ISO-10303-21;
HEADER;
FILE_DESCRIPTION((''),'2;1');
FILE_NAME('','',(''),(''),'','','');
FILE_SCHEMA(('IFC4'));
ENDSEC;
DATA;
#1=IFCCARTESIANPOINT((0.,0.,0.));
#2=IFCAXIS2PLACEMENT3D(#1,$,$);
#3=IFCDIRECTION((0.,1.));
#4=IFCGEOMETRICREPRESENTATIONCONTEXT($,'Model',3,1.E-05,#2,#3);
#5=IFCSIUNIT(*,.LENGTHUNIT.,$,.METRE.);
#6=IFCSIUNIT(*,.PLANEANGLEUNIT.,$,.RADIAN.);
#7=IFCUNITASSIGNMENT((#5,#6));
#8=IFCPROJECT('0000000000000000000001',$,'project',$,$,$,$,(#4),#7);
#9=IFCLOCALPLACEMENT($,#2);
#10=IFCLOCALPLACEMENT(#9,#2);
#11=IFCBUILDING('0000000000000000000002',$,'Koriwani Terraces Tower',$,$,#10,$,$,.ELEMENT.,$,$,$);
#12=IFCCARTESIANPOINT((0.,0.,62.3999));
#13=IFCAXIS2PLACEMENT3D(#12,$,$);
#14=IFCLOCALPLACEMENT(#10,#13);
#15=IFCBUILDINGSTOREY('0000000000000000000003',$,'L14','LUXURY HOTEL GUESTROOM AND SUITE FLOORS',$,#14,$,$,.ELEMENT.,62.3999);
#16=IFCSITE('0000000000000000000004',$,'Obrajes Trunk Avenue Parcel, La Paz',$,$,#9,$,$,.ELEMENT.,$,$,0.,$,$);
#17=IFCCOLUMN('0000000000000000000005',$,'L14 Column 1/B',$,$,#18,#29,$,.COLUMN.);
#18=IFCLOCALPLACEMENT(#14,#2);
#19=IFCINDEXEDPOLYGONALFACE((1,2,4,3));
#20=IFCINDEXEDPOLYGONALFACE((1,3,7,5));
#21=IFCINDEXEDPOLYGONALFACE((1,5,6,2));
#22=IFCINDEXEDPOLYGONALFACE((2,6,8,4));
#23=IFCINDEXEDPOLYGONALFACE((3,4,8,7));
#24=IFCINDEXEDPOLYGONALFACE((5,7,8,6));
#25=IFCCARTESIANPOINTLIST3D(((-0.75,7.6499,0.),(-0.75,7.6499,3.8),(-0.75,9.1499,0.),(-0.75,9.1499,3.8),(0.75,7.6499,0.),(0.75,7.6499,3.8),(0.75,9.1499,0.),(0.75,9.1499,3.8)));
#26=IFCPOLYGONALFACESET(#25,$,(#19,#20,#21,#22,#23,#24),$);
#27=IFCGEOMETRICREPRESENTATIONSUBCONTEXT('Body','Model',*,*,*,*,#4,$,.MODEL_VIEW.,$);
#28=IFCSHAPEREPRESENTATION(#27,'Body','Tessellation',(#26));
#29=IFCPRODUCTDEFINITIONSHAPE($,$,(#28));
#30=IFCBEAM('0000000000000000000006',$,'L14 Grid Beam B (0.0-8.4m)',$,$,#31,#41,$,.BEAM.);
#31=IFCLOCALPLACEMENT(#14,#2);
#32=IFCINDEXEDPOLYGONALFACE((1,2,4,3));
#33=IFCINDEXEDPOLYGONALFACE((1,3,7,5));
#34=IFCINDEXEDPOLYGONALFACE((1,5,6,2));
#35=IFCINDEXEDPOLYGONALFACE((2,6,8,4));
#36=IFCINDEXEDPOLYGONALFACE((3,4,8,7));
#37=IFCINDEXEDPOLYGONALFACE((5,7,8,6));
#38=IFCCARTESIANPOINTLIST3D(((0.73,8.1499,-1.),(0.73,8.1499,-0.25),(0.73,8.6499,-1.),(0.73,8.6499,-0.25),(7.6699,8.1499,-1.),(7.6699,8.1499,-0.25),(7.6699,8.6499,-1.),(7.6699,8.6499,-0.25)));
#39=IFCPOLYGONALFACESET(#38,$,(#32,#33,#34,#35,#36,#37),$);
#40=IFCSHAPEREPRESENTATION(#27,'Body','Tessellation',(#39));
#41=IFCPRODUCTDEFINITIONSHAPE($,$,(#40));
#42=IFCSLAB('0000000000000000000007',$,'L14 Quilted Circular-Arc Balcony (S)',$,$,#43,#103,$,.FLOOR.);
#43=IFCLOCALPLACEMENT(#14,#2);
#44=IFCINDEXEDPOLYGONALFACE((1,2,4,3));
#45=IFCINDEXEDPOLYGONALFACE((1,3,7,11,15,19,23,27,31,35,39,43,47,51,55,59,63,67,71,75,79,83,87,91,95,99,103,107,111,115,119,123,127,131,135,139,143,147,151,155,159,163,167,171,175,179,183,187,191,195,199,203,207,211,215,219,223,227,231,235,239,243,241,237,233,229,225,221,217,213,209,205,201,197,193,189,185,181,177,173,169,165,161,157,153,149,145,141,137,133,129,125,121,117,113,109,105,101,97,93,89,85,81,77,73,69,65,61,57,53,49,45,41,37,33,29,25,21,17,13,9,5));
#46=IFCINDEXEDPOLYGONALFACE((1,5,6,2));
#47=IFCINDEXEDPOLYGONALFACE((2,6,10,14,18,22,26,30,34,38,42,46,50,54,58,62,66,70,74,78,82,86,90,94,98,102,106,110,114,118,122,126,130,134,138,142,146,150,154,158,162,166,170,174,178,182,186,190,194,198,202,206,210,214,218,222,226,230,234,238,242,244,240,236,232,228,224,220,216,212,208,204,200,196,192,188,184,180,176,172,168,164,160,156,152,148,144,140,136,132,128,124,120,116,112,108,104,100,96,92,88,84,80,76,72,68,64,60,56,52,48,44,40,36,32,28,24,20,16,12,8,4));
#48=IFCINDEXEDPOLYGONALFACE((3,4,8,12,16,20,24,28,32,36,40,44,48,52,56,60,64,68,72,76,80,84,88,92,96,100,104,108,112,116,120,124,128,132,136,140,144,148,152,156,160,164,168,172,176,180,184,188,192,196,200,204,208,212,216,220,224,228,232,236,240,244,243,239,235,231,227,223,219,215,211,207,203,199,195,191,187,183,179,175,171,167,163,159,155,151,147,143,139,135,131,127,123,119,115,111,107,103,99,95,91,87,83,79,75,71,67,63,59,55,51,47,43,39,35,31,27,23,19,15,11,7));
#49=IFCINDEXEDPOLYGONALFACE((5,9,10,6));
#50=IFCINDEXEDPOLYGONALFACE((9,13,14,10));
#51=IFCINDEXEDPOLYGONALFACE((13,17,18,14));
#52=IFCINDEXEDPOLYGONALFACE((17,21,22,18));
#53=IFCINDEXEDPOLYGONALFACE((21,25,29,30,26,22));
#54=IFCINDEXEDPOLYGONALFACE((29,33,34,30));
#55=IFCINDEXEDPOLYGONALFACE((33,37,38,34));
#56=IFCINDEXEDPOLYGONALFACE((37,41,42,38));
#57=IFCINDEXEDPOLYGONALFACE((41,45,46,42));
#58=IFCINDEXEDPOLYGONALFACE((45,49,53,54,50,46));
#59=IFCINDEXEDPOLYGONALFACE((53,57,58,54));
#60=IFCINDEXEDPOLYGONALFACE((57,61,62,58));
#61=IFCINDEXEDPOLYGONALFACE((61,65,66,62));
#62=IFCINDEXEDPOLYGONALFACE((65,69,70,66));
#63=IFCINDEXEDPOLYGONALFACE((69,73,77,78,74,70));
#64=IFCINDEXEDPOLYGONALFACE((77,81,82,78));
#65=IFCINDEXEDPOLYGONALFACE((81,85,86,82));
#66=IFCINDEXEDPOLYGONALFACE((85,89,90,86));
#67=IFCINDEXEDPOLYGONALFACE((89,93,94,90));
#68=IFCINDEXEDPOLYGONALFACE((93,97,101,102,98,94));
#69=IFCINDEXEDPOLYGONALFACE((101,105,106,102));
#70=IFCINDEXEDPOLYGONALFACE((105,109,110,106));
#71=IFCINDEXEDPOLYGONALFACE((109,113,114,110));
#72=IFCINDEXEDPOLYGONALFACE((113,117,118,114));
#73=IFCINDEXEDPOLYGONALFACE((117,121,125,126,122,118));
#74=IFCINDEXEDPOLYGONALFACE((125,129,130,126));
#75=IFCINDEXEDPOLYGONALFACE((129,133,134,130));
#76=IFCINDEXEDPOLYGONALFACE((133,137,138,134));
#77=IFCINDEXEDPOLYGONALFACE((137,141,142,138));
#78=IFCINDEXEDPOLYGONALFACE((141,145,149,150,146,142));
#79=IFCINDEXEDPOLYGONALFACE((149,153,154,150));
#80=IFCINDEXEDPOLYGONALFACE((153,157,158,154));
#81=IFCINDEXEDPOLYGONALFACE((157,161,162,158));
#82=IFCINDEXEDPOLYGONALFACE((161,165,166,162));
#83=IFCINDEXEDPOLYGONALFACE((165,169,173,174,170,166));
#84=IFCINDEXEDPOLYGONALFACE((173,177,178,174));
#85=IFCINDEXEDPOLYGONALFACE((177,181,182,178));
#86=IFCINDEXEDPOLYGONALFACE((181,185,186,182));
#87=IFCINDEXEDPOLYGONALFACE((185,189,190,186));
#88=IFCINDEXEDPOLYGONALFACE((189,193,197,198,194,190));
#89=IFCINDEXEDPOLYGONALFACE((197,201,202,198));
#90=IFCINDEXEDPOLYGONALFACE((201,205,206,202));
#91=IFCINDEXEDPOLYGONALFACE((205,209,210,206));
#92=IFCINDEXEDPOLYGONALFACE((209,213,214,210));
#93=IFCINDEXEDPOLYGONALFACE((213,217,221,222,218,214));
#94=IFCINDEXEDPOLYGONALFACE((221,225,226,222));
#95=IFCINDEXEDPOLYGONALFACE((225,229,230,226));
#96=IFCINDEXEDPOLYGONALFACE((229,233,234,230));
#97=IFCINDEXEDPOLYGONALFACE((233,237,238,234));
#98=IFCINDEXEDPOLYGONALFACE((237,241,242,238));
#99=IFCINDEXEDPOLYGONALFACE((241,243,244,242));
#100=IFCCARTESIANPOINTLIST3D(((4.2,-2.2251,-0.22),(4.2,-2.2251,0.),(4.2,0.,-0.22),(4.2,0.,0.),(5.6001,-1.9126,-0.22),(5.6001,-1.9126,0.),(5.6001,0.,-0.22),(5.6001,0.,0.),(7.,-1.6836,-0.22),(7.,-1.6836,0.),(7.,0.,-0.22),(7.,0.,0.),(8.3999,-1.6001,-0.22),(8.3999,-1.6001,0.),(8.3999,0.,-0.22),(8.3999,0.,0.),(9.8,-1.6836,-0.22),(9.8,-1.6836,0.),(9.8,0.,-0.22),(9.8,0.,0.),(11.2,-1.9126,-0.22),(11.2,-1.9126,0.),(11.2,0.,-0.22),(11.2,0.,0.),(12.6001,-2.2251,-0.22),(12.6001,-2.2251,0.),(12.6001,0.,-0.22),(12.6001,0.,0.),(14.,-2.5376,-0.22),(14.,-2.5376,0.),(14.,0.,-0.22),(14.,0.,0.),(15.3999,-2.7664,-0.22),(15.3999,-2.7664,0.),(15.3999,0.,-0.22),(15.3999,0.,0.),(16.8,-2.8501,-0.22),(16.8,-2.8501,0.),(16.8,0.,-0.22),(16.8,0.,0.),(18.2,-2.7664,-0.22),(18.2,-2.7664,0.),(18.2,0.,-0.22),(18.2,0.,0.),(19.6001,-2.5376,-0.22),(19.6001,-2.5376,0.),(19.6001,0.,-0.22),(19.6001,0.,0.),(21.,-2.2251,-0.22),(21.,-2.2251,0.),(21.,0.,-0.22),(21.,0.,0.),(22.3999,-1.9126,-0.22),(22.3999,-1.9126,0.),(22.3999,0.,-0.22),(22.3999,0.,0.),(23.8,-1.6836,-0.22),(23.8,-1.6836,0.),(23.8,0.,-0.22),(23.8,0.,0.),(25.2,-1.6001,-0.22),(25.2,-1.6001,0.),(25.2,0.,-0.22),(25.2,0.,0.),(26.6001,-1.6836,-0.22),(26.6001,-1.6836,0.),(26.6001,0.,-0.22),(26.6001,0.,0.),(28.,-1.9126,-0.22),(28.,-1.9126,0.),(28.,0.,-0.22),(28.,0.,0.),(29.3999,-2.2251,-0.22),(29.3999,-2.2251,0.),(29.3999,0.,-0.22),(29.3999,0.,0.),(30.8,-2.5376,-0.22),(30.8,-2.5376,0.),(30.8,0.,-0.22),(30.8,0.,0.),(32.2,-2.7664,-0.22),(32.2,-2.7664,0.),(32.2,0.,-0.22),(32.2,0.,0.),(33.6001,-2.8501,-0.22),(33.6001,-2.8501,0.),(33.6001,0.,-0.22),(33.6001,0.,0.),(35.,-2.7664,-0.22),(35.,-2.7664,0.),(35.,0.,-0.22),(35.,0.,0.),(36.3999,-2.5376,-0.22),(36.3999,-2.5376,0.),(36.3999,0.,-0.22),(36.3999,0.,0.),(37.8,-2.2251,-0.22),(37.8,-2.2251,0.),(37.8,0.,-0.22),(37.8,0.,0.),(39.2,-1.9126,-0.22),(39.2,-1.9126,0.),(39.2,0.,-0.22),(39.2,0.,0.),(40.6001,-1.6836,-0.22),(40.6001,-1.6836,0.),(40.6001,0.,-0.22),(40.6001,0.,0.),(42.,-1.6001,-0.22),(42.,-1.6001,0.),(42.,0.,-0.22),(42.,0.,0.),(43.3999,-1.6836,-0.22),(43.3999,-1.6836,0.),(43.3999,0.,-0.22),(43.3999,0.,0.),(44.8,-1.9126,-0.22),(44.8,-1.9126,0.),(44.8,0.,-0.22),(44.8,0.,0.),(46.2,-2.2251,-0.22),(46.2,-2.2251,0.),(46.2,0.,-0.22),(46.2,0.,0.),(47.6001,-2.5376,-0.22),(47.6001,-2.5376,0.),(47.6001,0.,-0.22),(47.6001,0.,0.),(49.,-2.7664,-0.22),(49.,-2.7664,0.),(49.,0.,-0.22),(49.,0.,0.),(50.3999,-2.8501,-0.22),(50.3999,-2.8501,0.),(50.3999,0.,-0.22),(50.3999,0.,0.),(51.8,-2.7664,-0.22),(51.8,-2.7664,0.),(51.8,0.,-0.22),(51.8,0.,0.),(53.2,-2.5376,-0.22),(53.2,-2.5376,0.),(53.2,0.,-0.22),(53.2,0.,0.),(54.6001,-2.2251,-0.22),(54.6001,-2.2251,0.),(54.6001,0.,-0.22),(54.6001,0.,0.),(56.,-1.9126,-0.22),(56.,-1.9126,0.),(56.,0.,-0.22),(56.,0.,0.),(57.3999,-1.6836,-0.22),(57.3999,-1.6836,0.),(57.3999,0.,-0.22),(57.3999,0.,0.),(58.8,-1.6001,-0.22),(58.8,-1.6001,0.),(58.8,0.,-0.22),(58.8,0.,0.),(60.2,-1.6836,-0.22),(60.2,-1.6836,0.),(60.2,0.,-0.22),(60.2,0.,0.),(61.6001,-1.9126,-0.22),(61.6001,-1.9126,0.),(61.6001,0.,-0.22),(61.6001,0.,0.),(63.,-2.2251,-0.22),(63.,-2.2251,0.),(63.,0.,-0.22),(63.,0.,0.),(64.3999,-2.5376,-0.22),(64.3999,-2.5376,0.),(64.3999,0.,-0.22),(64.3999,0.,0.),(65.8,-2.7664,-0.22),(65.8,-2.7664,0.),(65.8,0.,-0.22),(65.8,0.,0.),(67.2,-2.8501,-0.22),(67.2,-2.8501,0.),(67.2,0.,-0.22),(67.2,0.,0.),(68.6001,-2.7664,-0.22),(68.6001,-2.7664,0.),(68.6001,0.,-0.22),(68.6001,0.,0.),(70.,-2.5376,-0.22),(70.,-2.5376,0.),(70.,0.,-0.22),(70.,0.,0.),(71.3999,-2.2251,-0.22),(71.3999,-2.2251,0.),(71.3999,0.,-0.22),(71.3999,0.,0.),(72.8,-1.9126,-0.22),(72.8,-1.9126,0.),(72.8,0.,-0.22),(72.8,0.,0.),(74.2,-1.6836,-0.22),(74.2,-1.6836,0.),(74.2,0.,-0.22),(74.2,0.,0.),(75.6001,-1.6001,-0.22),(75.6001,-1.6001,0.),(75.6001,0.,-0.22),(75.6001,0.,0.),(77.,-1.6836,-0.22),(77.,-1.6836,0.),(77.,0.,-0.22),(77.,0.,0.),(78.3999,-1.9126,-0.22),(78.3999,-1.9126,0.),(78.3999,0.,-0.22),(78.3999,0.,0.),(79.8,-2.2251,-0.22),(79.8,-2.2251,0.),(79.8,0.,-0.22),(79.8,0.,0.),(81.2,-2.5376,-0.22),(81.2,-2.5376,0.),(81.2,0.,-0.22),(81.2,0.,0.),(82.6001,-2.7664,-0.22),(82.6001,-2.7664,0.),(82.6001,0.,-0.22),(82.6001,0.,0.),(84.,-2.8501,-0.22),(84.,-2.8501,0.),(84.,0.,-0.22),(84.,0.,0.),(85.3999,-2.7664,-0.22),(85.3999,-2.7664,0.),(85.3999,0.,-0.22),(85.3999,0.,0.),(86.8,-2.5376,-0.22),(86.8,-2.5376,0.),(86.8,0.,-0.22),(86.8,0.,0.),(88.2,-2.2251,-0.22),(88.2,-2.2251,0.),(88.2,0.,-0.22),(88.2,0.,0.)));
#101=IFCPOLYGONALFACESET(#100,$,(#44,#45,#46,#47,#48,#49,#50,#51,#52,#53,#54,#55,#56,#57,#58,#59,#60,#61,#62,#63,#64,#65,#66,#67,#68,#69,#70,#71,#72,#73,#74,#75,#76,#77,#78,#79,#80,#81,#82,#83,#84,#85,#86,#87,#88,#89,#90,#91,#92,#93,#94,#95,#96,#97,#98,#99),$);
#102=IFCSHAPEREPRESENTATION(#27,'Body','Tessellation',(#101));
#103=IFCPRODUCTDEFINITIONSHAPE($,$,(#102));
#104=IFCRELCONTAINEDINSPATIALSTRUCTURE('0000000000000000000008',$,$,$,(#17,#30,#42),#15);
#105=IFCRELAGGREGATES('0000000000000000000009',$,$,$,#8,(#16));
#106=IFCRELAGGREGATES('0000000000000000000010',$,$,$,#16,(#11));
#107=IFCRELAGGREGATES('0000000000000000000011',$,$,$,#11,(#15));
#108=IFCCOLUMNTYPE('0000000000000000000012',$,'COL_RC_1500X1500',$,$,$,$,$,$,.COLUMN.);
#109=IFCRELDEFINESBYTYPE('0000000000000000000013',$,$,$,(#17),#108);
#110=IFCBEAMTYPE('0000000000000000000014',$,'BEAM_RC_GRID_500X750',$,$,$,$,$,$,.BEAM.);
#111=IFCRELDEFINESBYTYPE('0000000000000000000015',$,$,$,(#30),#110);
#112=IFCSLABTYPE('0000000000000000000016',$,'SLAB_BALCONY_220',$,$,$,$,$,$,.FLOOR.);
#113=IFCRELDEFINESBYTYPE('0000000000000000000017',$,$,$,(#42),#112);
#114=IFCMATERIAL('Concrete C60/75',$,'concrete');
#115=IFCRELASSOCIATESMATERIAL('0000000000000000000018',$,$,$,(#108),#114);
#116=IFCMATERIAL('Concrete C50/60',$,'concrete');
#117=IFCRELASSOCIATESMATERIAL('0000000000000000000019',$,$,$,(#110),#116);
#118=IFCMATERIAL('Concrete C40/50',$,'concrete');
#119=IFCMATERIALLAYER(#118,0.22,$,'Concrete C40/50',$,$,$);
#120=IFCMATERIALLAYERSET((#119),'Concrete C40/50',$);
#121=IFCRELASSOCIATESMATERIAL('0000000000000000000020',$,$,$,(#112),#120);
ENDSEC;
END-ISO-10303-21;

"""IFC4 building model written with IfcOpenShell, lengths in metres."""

from ifc_helpers import new_model, si_unit, direction, frame, origin, origin_2d, place, context, subcontext, project, spatial, polyline, rectangle, outline, extrude, material, layer, layer_set, material_profile, profile_set, type_object, element, save


model = new_model("IFC4")

# Units and contexts
model_context = context("Model", 3, precision=1e-05, world=origin(), true_north=direction((0.0, 1.0)))
body_context = subcontext(model_context, "Body", "Model", "MODEL_VIEW")
ifc_project = project(units=[si_unit("LENGTHUNIT", "METRE"), si_unit("PLANEANGLEUNIT", "RADIAN")], contexts=[model_context])

# Site, building, storey
site_placement = place(None, origin())
site = spatial("IfcSite", under=ifc_project, at=site_placement, Name="Obrajes Trunk Avenue Parcel, La Paz", CompositionType="ELEMENT", RefElevation=0.0)
building_placement = place(site_placement, origin())
building = spatial("IfcBuilding", under=site, at=building_placement, Name="Koriwani Terraces Tower", CompositionType="ELEMENT")
storey_placement = place(building_placement, frame((0.0, 0.0, 62.3999)))
storey = spatial("IfcBuildingStorey", under=building, at=storey_placement, Name="L14", Description="LUXURY HOTEL GUESTROOM AND SUITE FLOORS", CompositionType="ELEMENT", Elevation=62.3999)

# Column
ifc_material_1 = material(Name="Concrete C60/75", Category="concrete")
ifc_material_profile_1 = material_profile(ifc_material_1, rectangle(XDim=1.5, YDim=1.5, at=origin_2d()), Name="Concrete C60/75", Category="LoadBearing")
ifc_profile_set_1 = profile_set([ifc_material_profile_1], Name="Concrete C60/75")
column_type = type_object("IfcColumnType", Name="COL_RC_1500X1500", PredefinedType="COLUMN", material=ifc_profile_set_1)
column_placement = place(storey_placement, frame((0.0, 8.3999, 0.0), z_axis=(0.0, 0.0, 1.0), x_axis=(1.0, 0.0, 0.0)))
element("IfcColumn", 1, at=column_placement, inside=storey, type_object=column_type, Name="L14 Column 1/B", PredefinedType="COLUMN", context=body_context, shape_type="SweptSolid", body=[
    extrude(rectangle(XDim=1.5, YDim=1.5, at=origin_2d()), origin(), (0.0, 0.0, 1.0), 3.8),
])

# Beam
ifc_material_2 = material(Name="Concrete C50/60", Category="concrete")
ifc_material_profile_2 = material_profile(ifc_material_2, rectangle(XDim=0.5, YDim=0.75, at=origin_2d()), Name="Concrete C50/60", Category="LoadBearing")
ifc_profile_set_2 = profile_set([ifc_material_profile_2], Name="Concrete C50/60")
beam_type = type_object("IfcBeamType", Name="BEAM_RC_GRID_500X750", PredefinedType="BEAM", material=ifc_profile_set_2)
beam_placement = place(storey_placement, frame((0.73, 8.3999, -0.625), z_axis=(1.0, 0.0, 0.0), x_axis=(0.0, 1.0, 0.0)))
element("IfcBeam", 2, at=beam_placement, inside=storey, type_object=beam_type, Name="L14 Grid Beam B (0.0-8.4m)", PredefinedType="BEAM", context=body_context, shape_type="SweptSolid", body=[
    extrude(rectangle(XDim=0.5, YDim=0.75, at=origin_2d()), origin(), (0.0, 0.0, 1.0), 6.9399),
])

# Slab
ifc_material_3 = material(Name="Concrete C40/50", Category="concrete")
ifc_layer_1 = layer(ifc_material_3, 0.22, Name="Concrete C40/50")
ifc_layer_set_1 = layer_set([ifc_layer_1], Name="Concrete C40/50")
slab_type_1 = type_object("IfcSlabType", Name="SLAB_BALCONY_220", PredefinedType="FLOOR", material=ifc_layer_set_1)
slab_1_placement = place(storey_placement, frame((0.0, 0.0, -0.22)))
element("IfcSlab", 3, at=slab_1_placement, inside=storey, type_object=slab_type_1, Name="L14 Quilted Circular-Arc Balcony (S)", PredefinedType="FLOOR", context=body_context, shape_type="SweptSolid", body=[
    extrude(outline(polyline([(4.2, 0.0), (5.6001, 0.0), (7.0, 0.0), (8.3999, 0.0), (9.8, 0.0), (11.2, 0.0), (12.6001, 0.0), (14.0, 0.0), (15.3999, 0.0), (16.8, 0.0), (18.2, 0.0), (19.6001, 0.0), (21.0, 0.0), (22.3999, 0.0), (23.8, 0.0), (25.2, 0.0), (26.6001, 0.0), (28.0, 0.0), (29.3999, 0.0), (30.8, 0.0), (32.2, 0.0), (33.6001, 0.0), (35.0, 0.0), (36.3999, 0.0), (37.8, 0.0), (39.2, 0.0), (40.6001, 0.0), (42.0, 0.0), (43.3999, 0.0), (44.8, 0.0), (46.2, 0.0), (47.6001, 0.0), (49.0, 0.0), (50.3999, 0.0), (51.8, 0.0), (53.2, 0.0), (54.6001, 0.0), (56.0, 0.0), (57.3999, 0.0), (58.8, 0.0), (60.2, 0.0), (61.6001, 0.0), (63.0, 0.0), (64.3999, 0.0), (65.8, 0.0), (67.2, 0.0), (68.6001, 0.0), (70.0, 0.0), (71.3999, 0.0), (72.8, 0.0), (74.2, 0.0), (75.6001, 0.0), (77.0, 0.0), (78.3999, 0.0), (79.8, 0.0), (81.2, 0.0), (82.6001, 0.0), (84.0, 0.0), (85.3999, 0.0), (86.8, 0.0), (88.2, 0.0), (88.2, -2.2251), (86.8, -2.5376), (85.3999, -2.7664), (84.0, -2.8501), (82.6001, -2.7664), (81.2, -2.5376), (79.8, -2.2251), (78.3999, -1.9126), (77.0, -1.6836), (75.6001, -1.6001), (74.2, -1.6836), (72.8, -1.9126), (71.3999, -2.2251), (70.0, -2.5376), (68.6001, -2.7664), (67.2, -2.8501), (65.8, -2.7664), (64.3999, -2.5376), (63.0, -2.2251), (61.6001, -1.9126), (60.2, -1.6836), (58.8, -1.6001), (57.3999, -1.6836), (56.0, -1.9126), (54.6001, -2.2251), (53.2, -2.5376), (51.8, -2.7664), (50.3999, -2.8501), (49.0, -2.7664), (47.6001, -2.5376), (46.2, -2.2251), (44.8, -1.9126), (43.3999, -1.6836), (42.0, -1.6001), (40.6001, -1.6836), (39.2, -1.9126), (37.8, -2.2251), (36.3999, -2.5376), (35.0, -2.7664), (33.6001, -2.8501), (32.2, -2.7664), (30.8, -2.5376), (29.3999, -2.2251), (28.0, -1.9126), (26.6001, -1.6836), (25.2, -1.6001), (23.8, -1.6836), (22.3999, -1.9126), (21.0, -2.2251), (19.6001, -2.5376), (18.2, -2.7664), (16.8, -2.8501), (15.3999, -2.7664), (14.0, -2.5376), (12.6001, -2.2251), (11.2, -1.9126), (9.8, -1.6836), (8.3999, -1.6001), (7.0, -1.6836), (5.6001, -1.9126), (4.2, -2.2251), (4.2, 0.0)])), origin(), (0.0, 0.0, 1.0), 0.22),
])

save(model, "model.ifc")
